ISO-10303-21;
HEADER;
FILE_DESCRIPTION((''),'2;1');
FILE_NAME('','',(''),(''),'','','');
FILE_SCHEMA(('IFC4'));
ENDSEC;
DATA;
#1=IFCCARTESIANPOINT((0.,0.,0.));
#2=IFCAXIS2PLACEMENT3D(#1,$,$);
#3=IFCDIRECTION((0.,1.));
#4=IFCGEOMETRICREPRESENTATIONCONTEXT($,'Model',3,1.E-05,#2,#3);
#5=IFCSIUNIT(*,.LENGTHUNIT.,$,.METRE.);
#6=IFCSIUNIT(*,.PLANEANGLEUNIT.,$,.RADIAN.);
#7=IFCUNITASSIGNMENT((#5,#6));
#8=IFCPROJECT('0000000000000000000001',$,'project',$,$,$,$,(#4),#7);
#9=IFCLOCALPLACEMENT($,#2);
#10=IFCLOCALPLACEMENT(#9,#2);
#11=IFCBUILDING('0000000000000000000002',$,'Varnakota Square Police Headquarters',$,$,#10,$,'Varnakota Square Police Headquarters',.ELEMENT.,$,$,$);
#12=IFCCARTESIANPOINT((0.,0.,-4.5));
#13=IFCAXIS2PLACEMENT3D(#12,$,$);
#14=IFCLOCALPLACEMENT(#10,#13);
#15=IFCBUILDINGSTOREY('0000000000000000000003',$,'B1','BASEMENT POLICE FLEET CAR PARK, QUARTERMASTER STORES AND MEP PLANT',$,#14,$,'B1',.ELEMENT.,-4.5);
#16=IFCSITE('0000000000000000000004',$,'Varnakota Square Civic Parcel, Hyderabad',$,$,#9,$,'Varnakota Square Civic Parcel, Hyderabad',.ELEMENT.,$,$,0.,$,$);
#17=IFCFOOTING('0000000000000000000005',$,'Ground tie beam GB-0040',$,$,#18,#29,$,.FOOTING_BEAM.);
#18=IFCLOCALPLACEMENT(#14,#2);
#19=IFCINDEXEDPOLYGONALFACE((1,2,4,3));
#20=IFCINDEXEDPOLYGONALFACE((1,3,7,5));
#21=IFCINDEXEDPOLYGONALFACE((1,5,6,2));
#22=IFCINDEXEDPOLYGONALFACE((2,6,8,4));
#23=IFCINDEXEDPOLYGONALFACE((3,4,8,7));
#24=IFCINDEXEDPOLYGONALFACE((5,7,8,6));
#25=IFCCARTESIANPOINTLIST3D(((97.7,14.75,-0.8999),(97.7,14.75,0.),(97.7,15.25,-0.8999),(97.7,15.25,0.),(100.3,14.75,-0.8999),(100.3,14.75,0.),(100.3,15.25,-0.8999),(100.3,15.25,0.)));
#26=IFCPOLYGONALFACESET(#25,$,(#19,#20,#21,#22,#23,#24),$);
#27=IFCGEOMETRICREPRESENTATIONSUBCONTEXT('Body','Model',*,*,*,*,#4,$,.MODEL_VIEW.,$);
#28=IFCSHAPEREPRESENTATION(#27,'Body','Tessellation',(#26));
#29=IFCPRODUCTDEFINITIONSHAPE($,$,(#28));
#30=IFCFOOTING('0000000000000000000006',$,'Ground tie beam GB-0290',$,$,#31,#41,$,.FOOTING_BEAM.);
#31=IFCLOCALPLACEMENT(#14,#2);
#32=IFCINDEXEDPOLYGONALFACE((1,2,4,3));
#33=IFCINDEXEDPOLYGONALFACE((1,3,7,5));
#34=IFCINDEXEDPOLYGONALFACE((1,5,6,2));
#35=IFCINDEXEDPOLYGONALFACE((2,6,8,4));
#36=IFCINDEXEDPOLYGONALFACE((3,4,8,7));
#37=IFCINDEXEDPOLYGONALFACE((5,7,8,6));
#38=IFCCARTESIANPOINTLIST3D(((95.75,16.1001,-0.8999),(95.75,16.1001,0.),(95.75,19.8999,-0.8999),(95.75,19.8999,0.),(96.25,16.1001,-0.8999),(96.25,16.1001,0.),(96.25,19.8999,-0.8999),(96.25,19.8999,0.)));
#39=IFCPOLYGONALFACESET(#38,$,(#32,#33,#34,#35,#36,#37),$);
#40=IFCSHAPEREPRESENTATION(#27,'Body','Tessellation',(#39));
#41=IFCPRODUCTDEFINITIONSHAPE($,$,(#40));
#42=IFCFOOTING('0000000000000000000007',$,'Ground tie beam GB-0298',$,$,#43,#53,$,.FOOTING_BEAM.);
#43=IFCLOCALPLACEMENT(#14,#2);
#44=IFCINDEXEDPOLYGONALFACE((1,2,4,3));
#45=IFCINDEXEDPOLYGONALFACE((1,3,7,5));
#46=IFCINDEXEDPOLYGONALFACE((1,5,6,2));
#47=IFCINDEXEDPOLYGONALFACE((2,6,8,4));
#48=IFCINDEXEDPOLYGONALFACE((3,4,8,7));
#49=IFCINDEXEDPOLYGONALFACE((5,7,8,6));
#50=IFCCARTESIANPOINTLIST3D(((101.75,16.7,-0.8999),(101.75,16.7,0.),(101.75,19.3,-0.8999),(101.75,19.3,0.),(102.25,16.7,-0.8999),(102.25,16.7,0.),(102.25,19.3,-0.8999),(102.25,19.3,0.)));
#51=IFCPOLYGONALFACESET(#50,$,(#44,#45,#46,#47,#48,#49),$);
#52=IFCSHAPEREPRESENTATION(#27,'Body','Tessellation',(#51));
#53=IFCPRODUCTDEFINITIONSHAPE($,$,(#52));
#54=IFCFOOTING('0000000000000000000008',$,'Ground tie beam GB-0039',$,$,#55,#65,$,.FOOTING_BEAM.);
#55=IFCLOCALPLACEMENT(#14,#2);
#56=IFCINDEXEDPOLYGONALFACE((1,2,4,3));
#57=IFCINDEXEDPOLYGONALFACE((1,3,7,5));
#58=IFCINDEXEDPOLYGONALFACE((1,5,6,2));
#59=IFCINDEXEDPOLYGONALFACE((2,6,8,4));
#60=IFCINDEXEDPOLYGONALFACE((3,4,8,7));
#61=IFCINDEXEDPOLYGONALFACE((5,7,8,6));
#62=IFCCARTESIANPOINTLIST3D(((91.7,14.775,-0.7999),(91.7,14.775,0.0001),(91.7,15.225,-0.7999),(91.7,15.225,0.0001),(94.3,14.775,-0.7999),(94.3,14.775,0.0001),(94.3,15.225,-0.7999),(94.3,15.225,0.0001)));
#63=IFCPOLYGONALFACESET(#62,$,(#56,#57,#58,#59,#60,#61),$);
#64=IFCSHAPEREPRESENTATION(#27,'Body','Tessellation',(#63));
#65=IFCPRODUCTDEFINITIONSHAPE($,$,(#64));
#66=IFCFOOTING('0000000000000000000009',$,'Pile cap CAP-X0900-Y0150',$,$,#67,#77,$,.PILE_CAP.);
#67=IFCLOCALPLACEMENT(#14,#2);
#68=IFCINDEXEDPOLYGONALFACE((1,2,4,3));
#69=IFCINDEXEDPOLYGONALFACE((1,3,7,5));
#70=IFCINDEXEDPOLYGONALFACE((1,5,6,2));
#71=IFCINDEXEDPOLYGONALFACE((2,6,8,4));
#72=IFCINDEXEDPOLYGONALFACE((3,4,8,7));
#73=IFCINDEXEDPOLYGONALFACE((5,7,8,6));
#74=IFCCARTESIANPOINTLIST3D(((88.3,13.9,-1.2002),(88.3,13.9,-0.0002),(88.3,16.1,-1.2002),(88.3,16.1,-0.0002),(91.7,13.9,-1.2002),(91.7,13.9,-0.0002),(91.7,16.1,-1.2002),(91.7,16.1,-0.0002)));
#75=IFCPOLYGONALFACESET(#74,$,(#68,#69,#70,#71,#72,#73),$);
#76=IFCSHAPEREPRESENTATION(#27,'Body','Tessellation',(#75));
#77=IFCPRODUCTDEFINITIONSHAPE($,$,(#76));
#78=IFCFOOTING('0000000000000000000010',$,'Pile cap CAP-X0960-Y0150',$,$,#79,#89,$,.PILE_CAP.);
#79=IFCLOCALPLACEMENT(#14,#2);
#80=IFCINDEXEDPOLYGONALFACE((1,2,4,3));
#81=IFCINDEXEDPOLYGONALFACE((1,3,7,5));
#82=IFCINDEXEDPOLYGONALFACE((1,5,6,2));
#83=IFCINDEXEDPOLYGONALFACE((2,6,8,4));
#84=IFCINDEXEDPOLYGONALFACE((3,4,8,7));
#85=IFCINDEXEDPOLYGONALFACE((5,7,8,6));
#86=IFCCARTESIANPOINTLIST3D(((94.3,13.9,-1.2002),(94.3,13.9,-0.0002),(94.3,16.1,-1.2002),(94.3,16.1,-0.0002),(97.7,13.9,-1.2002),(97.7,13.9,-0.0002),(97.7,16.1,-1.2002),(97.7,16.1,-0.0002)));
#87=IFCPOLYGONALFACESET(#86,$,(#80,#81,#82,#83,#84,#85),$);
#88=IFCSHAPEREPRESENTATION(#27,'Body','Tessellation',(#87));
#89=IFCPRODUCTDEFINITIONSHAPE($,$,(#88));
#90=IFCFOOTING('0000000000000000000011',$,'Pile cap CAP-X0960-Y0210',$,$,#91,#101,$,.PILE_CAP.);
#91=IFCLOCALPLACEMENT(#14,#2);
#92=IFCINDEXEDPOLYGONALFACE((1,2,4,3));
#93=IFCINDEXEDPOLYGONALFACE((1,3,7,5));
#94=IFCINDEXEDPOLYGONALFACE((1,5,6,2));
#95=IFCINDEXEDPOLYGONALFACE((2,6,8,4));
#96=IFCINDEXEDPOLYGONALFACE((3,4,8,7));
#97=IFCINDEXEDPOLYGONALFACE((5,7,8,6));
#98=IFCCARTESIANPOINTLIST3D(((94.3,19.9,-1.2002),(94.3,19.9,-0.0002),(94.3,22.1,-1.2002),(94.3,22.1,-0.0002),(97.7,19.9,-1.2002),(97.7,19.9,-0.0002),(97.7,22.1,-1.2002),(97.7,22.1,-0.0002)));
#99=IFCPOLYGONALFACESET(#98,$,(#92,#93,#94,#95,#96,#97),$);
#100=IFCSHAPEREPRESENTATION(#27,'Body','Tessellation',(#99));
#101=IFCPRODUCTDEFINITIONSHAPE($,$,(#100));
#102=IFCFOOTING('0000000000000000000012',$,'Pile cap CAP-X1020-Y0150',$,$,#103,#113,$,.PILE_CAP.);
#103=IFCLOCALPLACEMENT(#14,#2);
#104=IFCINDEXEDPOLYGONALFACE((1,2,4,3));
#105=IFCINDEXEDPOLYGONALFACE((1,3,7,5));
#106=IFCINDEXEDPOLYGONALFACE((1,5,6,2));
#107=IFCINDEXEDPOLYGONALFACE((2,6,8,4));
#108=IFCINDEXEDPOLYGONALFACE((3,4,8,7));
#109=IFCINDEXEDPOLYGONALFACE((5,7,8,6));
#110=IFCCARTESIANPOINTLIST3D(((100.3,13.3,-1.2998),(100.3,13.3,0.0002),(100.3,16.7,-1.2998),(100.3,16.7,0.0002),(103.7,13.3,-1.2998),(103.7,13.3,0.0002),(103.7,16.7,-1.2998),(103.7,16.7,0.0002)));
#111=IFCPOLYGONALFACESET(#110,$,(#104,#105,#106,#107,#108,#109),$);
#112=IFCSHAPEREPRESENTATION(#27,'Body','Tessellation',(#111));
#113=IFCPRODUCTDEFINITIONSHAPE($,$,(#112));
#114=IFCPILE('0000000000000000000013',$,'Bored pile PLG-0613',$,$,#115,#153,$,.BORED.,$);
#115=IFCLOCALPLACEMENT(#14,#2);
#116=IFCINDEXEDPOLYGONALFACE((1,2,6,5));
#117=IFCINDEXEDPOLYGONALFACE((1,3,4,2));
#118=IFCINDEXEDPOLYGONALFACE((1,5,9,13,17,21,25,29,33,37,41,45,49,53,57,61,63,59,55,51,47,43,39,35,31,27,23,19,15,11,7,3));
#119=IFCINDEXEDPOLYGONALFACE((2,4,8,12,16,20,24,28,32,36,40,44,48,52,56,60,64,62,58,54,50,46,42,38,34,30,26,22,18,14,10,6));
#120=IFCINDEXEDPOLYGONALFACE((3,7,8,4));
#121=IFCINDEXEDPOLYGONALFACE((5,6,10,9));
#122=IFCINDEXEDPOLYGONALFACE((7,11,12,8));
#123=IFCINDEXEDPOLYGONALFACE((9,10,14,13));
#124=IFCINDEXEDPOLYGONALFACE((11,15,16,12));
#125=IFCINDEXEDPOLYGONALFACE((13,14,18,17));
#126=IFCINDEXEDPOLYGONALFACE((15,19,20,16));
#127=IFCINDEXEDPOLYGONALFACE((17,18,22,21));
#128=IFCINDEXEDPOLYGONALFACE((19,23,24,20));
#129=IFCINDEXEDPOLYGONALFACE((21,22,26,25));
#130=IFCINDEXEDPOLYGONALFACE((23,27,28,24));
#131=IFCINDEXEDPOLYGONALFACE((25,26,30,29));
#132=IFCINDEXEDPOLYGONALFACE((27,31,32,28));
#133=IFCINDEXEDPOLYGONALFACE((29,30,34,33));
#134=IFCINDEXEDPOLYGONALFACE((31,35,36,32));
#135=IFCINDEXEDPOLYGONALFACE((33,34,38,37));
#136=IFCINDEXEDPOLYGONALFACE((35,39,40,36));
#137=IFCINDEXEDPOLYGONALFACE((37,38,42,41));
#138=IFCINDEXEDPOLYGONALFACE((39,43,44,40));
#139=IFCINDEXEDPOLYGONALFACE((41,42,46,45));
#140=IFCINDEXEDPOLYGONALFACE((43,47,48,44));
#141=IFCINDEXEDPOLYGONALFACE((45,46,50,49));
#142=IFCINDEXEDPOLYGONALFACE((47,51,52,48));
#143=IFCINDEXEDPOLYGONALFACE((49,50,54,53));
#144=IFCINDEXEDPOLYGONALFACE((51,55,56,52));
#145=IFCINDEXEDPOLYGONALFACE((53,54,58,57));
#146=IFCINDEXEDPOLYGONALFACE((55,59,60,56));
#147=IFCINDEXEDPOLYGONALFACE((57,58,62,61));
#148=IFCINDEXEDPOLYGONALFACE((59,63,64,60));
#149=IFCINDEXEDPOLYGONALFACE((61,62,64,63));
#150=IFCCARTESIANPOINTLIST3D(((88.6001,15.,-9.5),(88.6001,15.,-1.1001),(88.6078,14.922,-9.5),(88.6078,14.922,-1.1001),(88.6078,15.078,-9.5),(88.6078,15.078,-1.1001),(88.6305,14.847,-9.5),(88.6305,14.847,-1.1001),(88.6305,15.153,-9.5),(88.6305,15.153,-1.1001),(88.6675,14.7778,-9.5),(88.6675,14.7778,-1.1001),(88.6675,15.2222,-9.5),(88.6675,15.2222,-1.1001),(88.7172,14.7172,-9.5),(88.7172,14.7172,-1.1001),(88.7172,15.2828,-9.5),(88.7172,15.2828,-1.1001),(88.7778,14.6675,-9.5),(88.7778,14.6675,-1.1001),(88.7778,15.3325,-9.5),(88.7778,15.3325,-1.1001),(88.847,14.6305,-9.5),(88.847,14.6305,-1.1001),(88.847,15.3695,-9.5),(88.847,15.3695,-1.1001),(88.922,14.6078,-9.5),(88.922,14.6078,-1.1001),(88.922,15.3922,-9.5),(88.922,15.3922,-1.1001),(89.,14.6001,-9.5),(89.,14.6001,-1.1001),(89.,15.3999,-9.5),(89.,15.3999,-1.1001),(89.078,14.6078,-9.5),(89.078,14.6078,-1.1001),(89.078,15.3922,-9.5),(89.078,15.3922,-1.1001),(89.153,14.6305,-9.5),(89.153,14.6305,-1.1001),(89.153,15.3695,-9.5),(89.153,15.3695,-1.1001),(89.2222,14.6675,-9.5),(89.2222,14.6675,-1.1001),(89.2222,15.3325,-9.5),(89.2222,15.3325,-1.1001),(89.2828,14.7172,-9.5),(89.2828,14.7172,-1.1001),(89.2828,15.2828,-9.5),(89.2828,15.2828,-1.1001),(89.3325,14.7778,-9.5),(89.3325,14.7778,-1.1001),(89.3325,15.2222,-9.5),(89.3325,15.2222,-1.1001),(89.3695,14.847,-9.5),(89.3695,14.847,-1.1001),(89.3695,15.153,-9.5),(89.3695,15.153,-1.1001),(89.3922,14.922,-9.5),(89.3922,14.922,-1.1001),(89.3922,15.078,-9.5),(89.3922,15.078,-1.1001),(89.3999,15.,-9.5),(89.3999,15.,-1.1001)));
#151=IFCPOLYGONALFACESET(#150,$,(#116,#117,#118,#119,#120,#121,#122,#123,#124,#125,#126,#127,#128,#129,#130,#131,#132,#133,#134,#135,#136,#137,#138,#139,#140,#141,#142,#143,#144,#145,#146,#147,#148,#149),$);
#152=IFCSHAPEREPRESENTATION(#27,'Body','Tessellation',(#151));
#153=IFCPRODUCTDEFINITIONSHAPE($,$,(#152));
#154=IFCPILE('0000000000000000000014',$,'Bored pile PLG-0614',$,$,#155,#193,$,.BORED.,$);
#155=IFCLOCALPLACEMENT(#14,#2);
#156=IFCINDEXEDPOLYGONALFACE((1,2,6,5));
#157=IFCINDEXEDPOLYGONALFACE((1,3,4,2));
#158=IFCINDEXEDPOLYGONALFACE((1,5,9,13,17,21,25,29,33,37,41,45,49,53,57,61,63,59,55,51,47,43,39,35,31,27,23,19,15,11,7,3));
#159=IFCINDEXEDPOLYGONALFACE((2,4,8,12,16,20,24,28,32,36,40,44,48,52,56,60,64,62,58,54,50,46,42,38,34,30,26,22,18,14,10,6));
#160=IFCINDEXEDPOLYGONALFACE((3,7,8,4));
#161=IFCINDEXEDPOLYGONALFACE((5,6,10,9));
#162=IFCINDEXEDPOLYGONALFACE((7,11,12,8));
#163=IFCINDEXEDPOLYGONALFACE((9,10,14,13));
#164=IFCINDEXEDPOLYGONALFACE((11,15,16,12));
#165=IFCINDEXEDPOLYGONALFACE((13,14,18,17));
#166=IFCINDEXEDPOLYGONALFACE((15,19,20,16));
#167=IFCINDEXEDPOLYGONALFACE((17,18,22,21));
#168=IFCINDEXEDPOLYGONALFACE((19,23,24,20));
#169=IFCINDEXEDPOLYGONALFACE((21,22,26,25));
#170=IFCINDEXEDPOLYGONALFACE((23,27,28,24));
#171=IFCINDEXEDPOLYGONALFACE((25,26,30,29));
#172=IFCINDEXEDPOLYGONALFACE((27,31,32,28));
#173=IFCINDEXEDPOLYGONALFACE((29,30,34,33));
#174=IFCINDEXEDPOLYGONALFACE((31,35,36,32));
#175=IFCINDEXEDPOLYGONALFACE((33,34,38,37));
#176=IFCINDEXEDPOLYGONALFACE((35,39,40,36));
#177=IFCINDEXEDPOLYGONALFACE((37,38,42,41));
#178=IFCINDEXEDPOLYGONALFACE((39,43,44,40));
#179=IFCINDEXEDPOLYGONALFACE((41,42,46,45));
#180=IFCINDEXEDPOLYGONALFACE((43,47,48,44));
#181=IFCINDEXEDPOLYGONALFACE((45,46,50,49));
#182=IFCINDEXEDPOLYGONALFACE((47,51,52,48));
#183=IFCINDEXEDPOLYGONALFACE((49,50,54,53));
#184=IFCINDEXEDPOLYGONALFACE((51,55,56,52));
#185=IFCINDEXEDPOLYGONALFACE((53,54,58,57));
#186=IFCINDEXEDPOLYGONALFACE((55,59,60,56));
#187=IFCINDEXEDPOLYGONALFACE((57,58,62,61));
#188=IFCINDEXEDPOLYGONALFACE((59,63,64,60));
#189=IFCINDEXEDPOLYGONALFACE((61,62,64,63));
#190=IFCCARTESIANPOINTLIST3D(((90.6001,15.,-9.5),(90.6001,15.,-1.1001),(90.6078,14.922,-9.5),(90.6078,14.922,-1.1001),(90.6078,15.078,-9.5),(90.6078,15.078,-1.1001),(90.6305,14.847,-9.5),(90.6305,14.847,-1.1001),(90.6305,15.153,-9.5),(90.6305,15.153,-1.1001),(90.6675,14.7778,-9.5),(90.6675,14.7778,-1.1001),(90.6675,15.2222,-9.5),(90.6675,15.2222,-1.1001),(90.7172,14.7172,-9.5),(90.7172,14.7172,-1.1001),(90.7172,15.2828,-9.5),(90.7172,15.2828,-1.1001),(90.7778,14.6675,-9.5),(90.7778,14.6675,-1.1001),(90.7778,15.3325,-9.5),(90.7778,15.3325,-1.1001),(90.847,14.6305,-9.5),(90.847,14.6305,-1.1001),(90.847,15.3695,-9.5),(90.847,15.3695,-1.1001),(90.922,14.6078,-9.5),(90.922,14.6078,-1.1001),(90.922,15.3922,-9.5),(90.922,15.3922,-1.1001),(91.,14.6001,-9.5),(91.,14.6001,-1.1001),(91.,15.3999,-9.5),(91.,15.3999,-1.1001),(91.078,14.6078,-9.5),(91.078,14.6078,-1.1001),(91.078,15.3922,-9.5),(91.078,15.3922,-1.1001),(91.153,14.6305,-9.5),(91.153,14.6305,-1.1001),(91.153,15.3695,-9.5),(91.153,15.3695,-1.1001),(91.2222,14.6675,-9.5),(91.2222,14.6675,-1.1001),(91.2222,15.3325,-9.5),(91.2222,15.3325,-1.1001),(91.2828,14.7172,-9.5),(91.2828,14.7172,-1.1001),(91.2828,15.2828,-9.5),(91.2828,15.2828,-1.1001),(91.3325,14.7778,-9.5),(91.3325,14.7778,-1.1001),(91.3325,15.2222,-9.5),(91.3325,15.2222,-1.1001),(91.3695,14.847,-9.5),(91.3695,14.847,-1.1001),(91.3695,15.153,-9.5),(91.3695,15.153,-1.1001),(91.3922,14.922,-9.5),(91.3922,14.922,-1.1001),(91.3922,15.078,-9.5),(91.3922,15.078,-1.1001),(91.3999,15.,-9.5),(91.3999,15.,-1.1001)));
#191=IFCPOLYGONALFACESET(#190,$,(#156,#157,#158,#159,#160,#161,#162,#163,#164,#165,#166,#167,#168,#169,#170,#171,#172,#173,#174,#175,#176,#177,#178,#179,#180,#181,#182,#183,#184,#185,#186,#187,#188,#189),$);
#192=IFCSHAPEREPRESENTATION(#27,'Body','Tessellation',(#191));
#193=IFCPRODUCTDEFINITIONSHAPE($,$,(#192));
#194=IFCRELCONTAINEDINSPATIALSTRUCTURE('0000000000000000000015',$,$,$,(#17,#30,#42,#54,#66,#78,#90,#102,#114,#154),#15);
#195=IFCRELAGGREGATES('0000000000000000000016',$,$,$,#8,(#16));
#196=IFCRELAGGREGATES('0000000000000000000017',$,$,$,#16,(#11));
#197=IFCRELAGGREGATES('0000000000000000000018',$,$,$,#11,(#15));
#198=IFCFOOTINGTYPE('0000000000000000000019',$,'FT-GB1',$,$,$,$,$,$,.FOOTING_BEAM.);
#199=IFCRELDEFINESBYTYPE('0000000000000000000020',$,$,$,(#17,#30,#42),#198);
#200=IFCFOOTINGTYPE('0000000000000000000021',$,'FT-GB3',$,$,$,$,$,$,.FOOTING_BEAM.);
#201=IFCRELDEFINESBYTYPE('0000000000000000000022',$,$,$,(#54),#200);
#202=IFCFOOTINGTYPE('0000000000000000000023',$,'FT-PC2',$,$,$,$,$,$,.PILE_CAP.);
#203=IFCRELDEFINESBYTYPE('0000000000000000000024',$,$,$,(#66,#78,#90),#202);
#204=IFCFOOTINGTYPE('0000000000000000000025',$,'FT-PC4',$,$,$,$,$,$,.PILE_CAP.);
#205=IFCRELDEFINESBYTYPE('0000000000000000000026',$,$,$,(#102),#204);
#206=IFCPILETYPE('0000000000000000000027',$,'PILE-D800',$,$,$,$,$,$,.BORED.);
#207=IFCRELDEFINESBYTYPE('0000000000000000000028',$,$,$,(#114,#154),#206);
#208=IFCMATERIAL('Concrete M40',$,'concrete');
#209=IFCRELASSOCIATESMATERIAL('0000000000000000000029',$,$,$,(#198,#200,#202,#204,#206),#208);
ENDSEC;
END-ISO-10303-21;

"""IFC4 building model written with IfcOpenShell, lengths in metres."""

from ifc_helpers import new_model, si_unit, direction, frame, origin, origin_2d, place, context, subcontext, project, spatial, rectangle, circle, extrude, material, material_profile, profile_set, type_object, element, save


model = new_model("IFC4")

# Units and contexts
model_context = context("Model", 3, precision=1e-05, world=origin(), true_north=direction((0.0, 1.0)))
body_context = subcontext(model_context, "Body", "Model", "MODEL_VIEW")
ifc_project = project(units=[si_unit("LENGTHUNIT", "METRE"), si_unit("PLANEANGLEUNIT", "RADIAN")], contexts=[model_context])

# Site, building, storey
site_placement = place(None, origin())
site = spatial("IfcSite", under=ifc_project, at=site_placement, Name="Varnakota Square Civic Parcel, Hyderabad", LongName="Varnakota Square Civic Parcel, Hyderabad", CompositionType="ELEMENT", RefElevation=0.0)
building_placement = place(site_placement, origin())
building = spatial("IfcBuilding", under=site, at=building_placement, Name="Varnakota Square Police Headquarters", LongName="Varnakota Square Police Headquarters", CompositionType="ELEMENT")
storey_placement = place(building_placement, frame((0.0, 0.0, -4.5)))
storey = spatial("IfcBuildingStorey", under=building, at=storey_placement, Name="B1", Description="BASEMENT POLICE FLEET CAR PARK, QUARTERMASTER STORES AND MEP PLANT", LongName="B1", CompositionType="ELEMENT", Elevation=-4.5)

# Footings
ifc_material_1 = material(Name="Concrete M40", Category="concrete")
ifc_material_profile_1 = material_profile(ifc_material_1, rectangle(XDim=0.5, YDim=0.8999, at=origin_2d()), Name="GB 500x900")
ifc_profile_set_1 = profile_set([ifc_material_profile_1], Name="Concrete M40")
footing_type_1 = type_object("IfcFootingType", Name="FT-GB1", PredefinedType="FOOTING_BEAM", material=ifc_profile_set_1)
footing_1_placement = place(storey_placement, frame((97.7, 15.0, -0.45), z_axis=(1.0, 0.0, 0.0), x_axis=(0.0, 1.0, 0.0)))
element("IfcFooting", 1, at=footing_1_placement, inside=storey, type_object=footing_type_1, Name="Ground tie beam GB-0040", PredefinedType="FOOTING_BEAM", context=body_context, shape_type="SweptSolid", body=[
    extrude(rectangle(XDim=0.5, YDim=0.8999, at=origin_2d()), origin(), (0.0, 0.0, 1.0), 2.6001),
])
footing_2_placement = place(storey_placement, frame((96.0, 16.1001, -0.45), z_axis=(0.0, 1.0, 0.0), x_axis=(-1.0, 0.0, 0.0)))
element("IfcFooting", 2, at=footing_2_placement, inside=storey, type_object=footing_type_1, Name="Ground tie beam GB-0290", PredefinedType="FOOTING_BEAM", context=body_context, shape_type="SweptSolid", body=[
    extrude(rectangle(XDim=0.5, YDim=0.8999, at=origin_2d()), origin(), (0.0, 0.0, 1.0), 3.7998),
])
footing_3_placement = place(storey_placement, frame((102.0, 16.7, -0.45), z_axis=(0.0, 1.0, 0.0), x_axis=(-1.0, 0.0, 0.0)))
element("IfcFooting", 3, at=footing_3_placement, inside=storey, type_object=footing_type_1, Name="Ground tie beam GB-0298", PredefinedType="FOOTING_BEAM", context=body_context, shape_type="SweptSolid", body=[
    extrude(rectangle(XDim=0.5, YDim=0.8999, at=origin_2d()), origin(), (0.0, 0.0, 1.0), 2.6001),
])
ifc_material_profile_2 = material_profile(ifc_material_1, rectangle(XDim=0.45, YDim=0.8, at=origin_2d()), Name="GB 450x800")
ifc_profile_set_2 = profile_set([ifc_material_profile_2], Name="Concrete M40")
footing_type_2 = type_object("IfcFootingType", Name="FT-GB3", PredefinedType="FOOTING_BEAM", material=ifc_profile_set_2)
footing_4_placement = place(storey_placement, frame((91.7, 15.0, -0.3999), z_axis=(1.0, 0.0, 0.0), x_axis=(0.0, 1.0, 0.0)))
element("IfcFooting", 4, at=footing_4_placement, inside=storey, type_object=footing_type_2, Name="Ground tie beam GB-0039", PredefinedType="FOOTING_BEAM", context=body_context, shape_type="SweptSolid", body=[
    extrude(rectangle(XDim=0.45, YDim=0.8, at=origin_2d()), origin(), (0.0, 0.0, 1.0), 2.6001),
])
footing_type_3 = type_object("IfcFootingType", Name="FT-PC2", PredefinedType="PILE_CAP", material=ifc_material_1)
for number, where, z_axis, x_axis, name in (
    (5, (90.0, 15.0, -1.2002), (0.0, 0.0, 1.0), (1.0, 0.0, 0.0), "Pile cap CAP-X0900-Y0150"),
    (6, (96.0, 15.0, -1.2002), (0.0, 0.0, 1.0), (1.0, 0.0, 0.0), "Pile cap CAP-X0960-Y0150"),
    (7, (96.0, 21.0, -1.2002), (0.0, 0.0, 1.0), (1.0, 0.0, 0.0), "Pile cap CAP-X0960-Y0210"),
):
    element("IfcFooting", number, at=place(storey_placement, frame(where, z_axis=z_axis, x_axis=x_axis)), inside=storey, type_object=footing_type_3, Name=name, PredefinedType="PILE_CAP", context=body_context, shape_type="SweptSolid", body=[
        extrude(rectangle(XDim=3.3999, YDim=2.2, at=origin_2d()), origin(), (0.0, 0.0, 1.0), 1.2),
    ])
footing_type_4 = type_object("IfcFootingType", Name="FT-PC4", PredefinedType="PILE_CAP", material=ifc_material_1)
footing_5_placement = place(storey_placement, frame((102.0, 15.0, -1.2998), z_axis=(0.0, 0.0, 1.0), x_axis=(1.0, 0.0, 0.0)))
element("IfcFooting", 8, at=footing_5_placement, inside=storey, type_object=footing_type_4, Name="Pile cap CAP-X1020-Y0150", PredefinedType="PILE_CAP", context=body_context, shape_type="SweptSolid", body=[
    extrude(rectangle(XDim=3.3999, YDim=3.3999, at=origin_2d()), origin(), (0.0, 0.0, 1.0), 1.3),
])

# Piles
ifc_material_profile_3 = material_profile(ifc_material_1, circle(Radius=0.3999, at=origin_2d()), Name="BORED PILE 800")
ifc_profile_set_3 = profile_set([ifc_material_profile_3], Name="Concrete M40")
pile_type = type_object("IfcPileType", Name="PILE-D800", PredefinedType="BORED", material=ifc_profile_set_3)
for number, where, z_axis, x_axis, name in (
    (9, (89.0, 15.0, -1.1001), (0.0, 0.0, -1.0), (1.0, 0.0, 0.0), "Bored pile PLG-0613"),
    (10, (91.0, 15.0, -1.1001), (0.0, 0.0, -1.0), (1.0, 0.0, 0.0), "Bored pile PLG-0614"),
):
    element("IfcPile", number, at=place(storey_placement, frame(where, z_axis=z_axis, x_axis=x_axis)), inside=storey, type_object=pile_type, Name=name, PredefinedType="BORED", context=body_context, shape_type="SweptSolid", body=[
        extrude(circle(Radius=0.3999, at=origin_2d()), origin(), (0.0, 0.0, 1.0), 8.3999),
    ])

save(model, "model.ifc")
